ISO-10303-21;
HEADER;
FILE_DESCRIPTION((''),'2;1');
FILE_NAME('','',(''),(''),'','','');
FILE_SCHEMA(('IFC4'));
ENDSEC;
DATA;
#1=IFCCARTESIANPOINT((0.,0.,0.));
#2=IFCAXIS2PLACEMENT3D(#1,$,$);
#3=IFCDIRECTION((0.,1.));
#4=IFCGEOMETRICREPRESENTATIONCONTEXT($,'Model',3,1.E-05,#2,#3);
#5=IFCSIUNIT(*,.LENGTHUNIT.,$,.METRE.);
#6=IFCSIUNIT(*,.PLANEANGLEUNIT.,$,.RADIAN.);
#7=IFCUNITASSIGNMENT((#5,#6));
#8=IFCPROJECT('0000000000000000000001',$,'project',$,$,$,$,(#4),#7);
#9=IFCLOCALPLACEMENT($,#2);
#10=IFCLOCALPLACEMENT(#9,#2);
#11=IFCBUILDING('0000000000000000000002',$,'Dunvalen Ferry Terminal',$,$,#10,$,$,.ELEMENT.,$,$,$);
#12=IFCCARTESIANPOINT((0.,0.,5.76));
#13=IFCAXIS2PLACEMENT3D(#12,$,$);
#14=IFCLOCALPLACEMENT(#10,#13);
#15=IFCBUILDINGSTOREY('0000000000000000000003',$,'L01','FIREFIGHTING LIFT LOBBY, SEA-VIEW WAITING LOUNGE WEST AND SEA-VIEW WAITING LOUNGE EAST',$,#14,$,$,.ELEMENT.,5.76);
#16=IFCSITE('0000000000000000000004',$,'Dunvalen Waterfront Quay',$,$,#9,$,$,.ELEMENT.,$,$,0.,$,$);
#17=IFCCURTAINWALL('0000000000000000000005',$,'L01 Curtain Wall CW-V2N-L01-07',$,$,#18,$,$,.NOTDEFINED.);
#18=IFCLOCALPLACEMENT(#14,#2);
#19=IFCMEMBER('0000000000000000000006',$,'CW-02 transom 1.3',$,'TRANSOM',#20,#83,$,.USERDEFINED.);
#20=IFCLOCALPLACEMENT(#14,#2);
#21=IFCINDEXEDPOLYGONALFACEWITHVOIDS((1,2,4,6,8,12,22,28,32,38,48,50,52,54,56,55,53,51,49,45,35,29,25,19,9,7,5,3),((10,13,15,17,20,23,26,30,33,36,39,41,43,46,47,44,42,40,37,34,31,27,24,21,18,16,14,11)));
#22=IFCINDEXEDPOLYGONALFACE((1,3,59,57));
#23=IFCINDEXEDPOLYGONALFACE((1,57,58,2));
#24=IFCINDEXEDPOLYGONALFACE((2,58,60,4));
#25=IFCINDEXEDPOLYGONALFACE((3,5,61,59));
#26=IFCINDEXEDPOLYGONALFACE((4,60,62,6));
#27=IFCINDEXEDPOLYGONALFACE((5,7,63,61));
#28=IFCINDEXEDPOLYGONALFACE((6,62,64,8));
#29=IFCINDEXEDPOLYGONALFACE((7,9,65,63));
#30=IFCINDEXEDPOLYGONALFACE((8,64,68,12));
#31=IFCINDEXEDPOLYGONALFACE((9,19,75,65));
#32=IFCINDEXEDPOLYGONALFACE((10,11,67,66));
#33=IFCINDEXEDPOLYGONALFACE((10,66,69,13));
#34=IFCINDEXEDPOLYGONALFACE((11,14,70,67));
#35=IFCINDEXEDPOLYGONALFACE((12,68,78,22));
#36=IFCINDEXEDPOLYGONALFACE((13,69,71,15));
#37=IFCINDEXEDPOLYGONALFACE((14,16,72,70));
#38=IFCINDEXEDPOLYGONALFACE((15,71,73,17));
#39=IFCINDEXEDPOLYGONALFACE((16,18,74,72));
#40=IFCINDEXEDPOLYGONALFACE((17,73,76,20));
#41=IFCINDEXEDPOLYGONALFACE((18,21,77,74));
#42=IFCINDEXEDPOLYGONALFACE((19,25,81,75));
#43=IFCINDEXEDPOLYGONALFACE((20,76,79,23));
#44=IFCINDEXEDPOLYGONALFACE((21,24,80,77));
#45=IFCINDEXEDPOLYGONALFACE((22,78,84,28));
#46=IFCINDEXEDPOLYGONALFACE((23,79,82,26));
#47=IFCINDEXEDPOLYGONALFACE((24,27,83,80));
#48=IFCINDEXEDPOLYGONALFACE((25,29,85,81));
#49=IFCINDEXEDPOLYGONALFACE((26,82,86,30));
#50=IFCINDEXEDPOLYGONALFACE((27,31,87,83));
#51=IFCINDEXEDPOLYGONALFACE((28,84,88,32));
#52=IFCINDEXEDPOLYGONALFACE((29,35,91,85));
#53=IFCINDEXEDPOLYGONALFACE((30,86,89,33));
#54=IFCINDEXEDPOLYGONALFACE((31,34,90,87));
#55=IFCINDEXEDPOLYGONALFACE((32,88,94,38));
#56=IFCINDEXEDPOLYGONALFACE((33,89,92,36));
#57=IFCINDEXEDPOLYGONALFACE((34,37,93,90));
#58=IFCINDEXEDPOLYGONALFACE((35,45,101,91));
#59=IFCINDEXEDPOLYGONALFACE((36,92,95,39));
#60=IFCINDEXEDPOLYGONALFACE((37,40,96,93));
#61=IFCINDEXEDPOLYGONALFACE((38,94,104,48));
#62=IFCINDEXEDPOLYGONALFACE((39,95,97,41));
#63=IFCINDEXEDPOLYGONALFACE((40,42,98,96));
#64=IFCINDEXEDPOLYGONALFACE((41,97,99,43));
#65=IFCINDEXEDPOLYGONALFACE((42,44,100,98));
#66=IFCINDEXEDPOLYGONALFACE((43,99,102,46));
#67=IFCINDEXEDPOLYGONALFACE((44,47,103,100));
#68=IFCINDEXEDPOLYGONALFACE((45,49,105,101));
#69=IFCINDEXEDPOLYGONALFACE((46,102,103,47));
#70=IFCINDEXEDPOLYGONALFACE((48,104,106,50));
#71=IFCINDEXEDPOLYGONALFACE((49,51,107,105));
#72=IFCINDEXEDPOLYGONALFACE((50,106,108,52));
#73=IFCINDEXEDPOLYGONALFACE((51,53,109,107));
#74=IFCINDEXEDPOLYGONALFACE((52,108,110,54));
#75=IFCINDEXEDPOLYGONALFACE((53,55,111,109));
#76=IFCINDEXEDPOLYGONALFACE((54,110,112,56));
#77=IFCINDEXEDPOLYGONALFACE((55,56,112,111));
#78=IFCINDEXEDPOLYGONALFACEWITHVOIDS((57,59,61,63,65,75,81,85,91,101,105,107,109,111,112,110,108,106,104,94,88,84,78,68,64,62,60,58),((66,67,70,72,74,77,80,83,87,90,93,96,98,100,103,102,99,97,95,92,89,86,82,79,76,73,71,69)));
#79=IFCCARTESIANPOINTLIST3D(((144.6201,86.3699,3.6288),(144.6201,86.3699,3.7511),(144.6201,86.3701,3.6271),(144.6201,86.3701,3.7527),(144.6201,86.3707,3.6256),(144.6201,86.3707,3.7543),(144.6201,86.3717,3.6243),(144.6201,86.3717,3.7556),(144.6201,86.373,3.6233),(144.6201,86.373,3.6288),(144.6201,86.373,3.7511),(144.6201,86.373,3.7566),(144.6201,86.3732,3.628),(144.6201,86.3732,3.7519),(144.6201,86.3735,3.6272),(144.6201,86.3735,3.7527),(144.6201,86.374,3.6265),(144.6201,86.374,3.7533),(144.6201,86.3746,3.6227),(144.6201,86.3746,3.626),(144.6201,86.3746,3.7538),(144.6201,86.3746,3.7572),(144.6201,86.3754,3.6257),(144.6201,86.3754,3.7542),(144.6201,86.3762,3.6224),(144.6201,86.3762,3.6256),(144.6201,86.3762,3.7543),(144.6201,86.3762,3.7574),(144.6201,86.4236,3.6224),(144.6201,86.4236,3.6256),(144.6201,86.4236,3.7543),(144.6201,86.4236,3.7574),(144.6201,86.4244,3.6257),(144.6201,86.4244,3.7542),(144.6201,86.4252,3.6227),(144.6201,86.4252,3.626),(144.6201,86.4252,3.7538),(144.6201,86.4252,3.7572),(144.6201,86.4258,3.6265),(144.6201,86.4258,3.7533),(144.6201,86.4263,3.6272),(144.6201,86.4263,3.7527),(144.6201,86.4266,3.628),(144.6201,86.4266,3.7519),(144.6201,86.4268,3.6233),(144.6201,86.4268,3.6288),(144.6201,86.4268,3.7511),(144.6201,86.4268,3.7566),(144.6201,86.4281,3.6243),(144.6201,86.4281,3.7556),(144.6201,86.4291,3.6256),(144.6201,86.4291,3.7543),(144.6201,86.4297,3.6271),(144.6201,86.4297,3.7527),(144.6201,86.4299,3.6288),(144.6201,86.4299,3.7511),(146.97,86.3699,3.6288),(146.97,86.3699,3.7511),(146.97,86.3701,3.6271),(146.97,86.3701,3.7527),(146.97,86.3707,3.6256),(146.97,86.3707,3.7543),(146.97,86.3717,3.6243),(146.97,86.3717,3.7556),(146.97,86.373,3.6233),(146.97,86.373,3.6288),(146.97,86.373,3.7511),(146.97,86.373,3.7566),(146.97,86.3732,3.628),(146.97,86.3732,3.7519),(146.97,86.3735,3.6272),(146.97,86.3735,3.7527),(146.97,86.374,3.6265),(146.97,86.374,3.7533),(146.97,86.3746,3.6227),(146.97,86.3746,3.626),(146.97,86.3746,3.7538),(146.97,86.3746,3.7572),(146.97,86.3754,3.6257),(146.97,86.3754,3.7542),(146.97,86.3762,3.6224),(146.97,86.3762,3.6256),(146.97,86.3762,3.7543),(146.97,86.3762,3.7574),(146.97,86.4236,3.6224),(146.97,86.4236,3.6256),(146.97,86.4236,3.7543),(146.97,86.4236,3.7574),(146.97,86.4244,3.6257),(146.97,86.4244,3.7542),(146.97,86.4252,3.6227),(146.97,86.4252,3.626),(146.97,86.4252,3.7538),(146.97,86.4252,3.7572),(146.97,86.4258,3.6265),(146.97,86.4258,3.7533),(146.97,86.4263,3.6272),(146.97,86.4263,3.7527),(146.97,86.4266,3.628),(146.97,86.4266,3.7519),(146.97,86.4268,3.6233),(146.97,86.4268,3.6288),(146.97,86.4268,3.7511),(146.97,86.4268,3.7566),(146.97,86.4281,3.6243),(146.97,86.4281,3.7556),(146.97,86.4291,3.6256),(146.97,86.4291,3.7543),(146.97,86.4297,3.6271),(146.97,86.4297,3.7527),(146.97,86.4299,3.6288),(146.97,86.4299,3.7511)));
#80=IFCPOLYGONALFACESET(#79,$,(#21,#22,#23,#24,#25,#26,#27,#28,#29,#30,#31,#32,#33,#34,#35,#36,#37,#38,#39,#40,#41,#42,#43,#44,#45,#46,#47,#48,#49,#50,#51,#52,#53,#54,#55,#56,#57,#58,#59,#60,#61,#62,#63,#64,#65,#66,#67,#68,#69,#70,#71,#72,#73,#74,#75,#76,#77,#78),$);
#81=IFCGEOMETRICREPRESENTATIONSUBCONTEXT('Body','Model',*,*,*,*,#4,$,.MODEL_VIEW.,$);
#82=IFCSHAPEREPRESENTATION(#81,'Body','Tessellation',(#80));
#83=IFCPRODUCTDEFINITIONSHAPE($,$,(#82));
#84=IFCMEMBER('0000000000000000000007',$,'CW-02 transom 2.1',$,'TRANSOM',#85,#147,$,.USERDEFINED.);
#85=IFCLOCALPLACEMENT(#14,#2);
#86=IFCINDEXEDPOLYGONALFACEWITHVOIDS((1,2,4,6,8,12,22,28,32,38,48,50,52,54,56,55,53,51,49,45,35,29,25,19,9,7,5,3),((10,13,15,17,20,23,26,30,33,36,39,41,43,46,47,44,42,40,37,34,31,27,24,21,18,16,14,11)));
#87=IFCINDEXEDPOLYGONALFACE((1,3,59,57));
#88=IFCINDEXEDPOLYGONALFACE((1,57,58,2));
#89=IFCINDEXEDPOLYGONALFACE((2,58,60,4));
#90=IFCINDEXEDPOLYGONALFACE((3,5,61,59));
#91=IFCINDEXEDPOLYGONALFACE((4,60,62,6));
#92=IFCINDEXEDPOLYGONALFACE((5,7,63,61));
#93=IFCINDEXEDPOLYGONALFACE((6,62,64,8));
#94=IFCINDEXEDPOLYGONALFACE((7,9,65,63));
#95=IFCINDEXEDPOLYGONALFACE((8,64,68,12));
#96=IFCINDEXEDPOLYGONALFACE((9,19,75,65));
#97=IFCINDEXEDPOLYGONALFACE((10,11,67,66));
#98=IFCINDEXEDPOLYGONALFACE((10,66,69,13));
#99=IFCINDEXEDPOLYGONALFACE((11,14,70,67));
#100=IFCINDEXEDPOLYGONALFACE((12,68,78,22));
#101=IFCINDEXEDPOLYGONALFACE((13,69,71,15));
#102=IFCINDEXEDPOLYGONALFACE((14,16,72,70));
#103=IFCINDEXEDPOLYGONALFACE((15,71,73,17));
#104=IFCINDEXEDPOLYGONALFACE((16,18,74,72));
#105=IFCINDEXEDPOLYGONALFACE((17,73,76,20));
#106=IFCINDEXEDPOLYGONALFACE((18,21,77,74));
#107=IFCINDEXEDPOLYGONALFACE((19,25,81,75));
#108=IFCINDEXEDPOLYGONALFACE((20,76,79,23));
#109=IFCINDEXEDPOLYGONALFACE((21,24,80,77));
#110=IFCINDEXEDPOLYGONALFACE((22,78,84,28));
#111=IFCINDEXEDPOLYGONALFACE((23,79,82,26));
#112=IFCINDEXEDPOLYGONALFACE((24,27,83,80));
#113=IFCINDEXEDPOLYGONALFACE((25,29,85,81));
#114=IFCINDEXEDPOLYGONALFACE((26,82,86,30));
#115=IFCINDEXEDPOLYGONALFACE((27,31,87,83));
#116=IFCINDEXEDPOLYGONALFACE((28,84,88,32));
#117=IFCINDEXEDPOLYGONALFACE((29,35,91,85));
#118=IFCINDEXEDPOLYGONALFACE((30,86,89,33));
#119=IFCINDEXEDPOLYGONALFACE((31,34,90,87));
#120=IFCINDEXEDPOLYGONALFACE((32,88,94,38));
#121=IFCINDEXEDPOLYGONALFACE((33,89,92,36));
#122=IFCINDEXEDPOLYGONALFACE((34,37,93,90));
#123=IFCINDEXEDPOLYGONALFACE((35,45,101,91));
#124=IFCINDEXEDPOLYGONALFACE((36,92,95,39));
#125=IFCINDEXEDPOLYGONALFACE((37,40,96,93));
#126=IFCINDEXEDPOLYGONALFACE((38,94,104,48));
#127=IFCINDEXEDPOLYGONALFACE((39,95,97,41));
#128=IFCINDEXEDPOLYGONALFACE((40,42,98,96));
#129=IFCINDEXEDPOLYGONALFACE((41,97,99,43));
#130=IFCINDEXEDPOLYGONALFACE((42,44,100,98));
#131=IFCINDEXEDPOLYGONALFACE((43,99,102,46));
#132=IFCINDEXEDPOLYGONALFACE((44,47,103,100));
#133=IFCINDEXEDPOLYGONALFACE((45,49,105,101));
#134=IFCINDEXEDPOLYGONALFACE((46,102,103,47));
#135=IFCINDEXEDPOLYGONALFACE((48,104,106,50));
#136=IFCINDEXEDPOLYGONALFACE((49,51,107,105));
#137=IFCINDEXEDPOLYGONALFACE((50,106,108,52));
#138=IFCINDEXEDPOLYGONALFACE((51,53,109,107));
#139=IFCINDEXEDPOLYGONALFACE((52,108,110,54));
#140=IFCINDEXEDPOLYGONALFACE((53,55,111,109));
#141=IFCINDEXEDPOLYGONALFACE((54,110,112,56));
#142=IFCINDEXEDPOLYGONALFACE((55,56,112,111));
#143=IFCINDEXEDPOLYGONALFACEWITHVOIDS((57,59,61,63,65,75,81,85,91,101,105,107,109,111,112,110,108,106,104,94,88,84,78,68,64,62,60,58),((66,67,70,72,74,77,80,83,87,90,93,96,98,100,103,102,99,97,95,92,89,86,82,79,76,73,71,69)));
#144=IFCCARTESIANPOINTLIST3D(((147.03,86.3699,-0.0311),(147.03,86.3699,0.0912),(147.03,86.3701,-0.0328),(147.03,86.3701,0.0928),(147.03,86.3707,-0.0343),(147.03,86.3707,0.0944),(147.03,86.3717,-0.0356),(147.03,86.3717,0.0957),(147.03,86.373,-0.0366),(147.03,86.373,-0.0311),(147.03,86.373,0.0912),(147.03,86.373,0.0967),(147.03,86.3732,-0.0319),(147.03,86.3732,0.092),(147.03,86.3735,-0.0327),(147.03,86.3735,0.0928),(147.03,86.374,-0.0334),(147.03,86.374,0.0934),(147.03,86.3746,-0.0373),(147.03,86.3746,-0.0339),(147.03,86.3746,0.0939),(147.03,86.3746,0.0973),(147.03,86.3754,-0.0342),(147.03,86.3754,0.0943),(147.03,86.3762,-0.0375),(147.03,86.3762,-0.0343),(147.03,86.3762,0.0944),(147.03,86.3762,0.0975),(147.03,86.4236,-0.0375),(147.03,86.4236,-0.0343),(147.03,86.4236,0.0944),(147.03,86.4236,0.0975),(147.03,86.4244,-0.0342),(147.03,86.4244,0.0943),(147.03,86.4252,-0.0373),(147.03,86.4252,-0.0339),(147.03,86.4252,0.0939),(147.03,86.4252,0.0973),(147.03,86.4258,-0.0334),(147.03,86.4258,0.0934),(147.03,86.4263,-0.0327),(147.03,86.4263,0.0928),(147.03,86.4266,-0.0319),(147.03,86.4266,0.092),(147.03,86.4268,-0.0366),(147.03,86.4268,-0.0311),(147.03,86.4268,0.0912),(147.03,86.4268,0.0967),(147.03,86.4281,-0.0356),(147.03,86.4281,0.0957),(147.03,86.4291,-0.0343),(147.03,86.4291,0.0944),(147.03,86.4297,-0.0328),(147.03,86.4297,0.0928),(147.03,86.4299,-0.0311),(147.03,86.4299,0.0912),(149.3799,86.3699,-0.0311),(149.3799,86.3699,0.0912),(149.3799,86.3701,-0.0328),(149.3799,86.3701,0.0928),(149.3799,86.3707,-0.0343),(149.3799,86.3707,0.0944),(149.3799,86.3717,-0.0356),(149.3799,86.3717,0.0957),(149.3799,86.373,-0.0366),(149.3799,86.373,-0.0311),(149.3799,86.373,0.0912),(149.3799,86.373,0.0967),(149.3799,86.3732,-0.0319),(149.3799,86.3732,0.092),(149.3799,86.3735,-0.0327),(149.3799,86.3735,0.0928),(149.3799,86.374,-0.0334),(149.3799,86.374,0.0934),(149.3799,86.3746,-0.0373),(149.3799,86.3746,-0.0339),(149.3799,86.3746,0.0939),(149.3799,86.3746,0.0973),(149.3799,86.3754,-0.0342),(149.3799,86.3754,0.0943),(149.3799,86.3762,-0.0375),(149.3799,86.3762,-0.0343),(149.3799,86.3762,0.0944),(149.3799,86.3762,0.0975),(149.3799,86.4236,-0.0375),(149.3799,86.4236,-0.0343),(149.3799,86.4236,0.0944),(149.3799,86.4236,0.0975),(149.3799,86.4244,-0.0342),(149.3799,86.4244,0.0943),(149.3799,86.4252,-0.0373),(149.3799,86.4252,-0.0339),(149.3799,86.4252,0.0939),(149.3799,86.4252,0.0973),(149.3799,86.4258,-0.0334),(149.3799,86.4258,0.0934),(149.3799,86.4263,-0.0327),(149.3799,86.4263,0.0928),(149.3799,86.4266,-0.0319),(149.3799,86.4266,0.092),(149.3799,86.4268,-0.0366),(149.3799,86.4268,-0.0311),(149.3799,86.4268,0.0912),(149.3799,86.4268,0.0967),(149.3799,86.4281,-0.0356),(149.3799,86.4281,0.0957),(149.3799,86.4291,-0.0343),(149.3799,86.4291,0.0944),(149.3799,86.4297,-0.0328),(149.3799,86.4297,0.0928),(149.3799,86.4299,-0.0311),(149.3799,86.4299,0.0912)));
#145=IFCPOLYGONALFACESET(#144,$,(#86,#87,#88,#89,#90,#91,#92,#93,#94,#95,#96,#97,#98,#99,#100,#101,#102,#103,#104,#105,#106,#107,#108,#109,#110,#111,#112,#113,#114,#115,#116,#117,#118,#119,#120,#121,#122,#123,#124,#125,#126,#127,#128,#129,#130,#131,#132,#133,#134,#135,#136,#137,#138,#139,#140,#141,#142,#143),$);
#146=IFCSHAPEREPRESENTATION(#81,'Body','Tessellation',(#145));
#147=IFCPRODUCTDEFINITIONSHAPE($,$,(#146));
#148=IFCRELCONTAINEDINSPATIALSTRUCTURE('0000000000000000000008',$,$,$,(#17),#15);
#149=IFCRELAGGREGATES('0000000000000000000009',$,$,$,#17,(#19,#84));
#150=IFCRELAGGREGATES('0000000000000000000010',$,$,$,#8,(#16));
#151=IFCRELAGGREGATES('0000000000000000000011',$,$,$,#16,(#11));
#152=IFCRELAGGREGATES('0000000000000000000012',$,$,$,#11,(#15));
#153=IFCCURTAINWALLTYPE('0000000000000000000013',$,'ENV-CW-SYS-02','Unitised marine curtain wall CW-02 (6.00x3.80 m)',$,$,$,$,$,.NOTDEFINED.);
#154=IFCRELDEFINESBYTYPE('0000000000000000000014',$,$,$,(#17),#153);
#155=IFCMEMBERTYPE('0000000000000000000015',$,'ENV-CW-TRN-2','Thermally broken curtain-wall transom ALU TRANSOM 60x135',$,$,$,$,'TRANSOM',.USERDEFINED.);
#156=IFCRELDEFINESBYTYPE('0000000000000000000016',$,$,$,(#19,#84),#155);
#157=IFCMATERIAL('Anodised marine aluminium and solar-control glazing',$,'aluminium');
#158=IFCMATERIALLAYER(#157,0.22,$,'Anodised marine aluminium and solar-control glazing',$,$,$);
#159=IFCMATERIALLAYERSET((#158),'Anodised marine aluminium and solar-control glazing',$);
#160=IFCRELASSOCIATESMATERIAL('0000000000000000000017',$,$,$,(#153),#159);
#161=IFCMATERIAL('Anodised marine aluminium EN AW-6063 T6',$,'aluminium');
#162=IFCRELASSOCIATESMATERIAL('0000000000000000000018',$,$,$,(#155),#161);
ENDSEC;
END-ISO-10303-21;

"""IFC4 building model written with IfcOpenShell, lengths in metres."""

from ifc_helpers import new_model, si_unit, direction, frame, origin, origin_2d, place, context, subcontext, project, spatial, hollow_rectangle, extrude, material, layer, layer_set, material_profile, profile_set, type_object, element, aggregate, save


model = new_model("IFC4")

# Units and contexts
model_context = context("Model", 3, precision=1e-05, world=origin(), true_north=direction((0.0, 1.0)))
body_context = subcontext(model_context, "Body", "Model", "MODEL_VIEW")
ifc_project = project(units=[si_unit("LENGTHUNIT", "METRE"), si_unit("PLANEANGLEUNIT", "RADIAN")], contexts=[model_context])

# Site, building, storey
site_placement = place(None, origin())
site = spatial("IfcSite", under=ifc_project, at=site_placement, Name="Dunvalen Waterfront Quay", CompositionType="ELEMENT", RefElevation=0.0)
building_placement = place(site_placement, origin())
building = spatial("IfcBuilding", under=site, at=building_placement, Name="Dunvalen Ferry Terminal", CompositionType="ELEMENT")
storey_placement = place(building_placement, frame((0.0, 0.0, 5.76)))
storey = spatial("IfcBuildingStorey", under=building, at=storey_placement, Name="L01", Description="FIREFIGHTING LIFT LOBBY, SEA-VIEW WAITING LOUNGE WEST AND SEA-VIEW WAITING LOUNGE EAST", CompositionType="ELEMENT", Elevation=5.76)

# Curtain wall
ifc_material_1 = material(Name="Anodised marine aluminium and solar-control glazing", Category="aluminium")
ifc_layer_1 = layer(ifc_material_1, 0.22, Name="Anodised marine aluminium and solar-control glazing")
ifc_layer_set_1 = layer_set([ifc_layer_1], Name="Anodised marine aluminium and solar-control glazing")
curtain_wall_type = type_object("IfcCurtainWallType", Name="ENV-CW-SYS-02", Description="Unitised marine curtain wall CW-02 (6.00x3.80 m)", PredefinedType="NOTDEFINED", material=ifc_layer_set_1)
curtain_wall_1_placement = place(storey_placement, origin())
curtain_wall_1 = element("IfcCurtainWall", 1, at=curtain_wall_1_placement, inside=storey, type_object=curtain_wall_type, Name="L01 Curtain Wall CW-V2N-L01-07", PredefinedType="NOTDEFINED")
ifc_material_2 = material(Name="Anodised marine aluminium EN AW-6063 T6", Category="aluminium")

# Members
ifc_material_profile_1 = material_profile(ifc_material_2, hollow_rectangle(XDim=0.0601, YDim=0.135, WallThickness=0.0032, InnerFilletRadius=0.0032, OuterFilletRadius=0.0063, at=origin_2d()), Name="Anodised marine aluminium EN AW-6063 T6")
ifc_profile_set_1 = profile_set([ifc_material_profile_1], Name="Anodised marine aluminium EN AW-6063 T6")
member_type_1 = type_object("IfcMemberType", Name="ENV-CW-TRN-2", Description="Thermally broken curtain-wall transom ALU TRANSOM 60x135", ElementType="TRANSOM", PredefinedType="USERDEFINED", material=ifc_profile_set_1)
member_1_placement = place(storey_placement, frame((144.6201, 86.3999, 3.6899), z_axis=(1.0, 0.0, 0.0), x_axis=(0.0, 1.0, 0.0)))
member_1 = element("IfcMember", 2, at=member_1_placement, type_object=member_type_1, Name="CW-02 transom 1.3", ObjectType="TRANSOM", PredefinedType="USERDEFINED", context=body_context, shape_type="SweptSolid", body=[
    extrude(hollow_rectangle(XDim=0.0601, YDim=0.135, WallThickness=0.0032, InnerFilletRadius=0.0032, OuterFilletRadius=0.0063, at=origin_2d()), origin(), (0.0, 0.0, 1.0), 2.3499),
])
member_2_placement = place(storey_placement, frame((147.03, 86.3999, 0.03), z_axis=(1.0, 0.0, 0.0), x_axis=(0.0, 1.0, 0.0)))
member_2 = element("IfcMember", 3, at=member_2_placement, type_object=member_type_1, Name="CW-02 transom 2.1", ObjectType="TRANSOM", PredefinedType="USERDEFINED", context=body_context, shape_type="SweptSolid", body=[
    extrude(hollow_rectangle(XDim=0.0601, YDim=0.135, WallThickness=0.0032, InnerFilletRadius=0.0032, OuterFilletRadius=0.0063, at=origin_2d()), origin(), (0.0, 0.0, 1.0), 2.3499),
])

aggregate(curtain_wall_1, [member_1, member_2])

save(model, "model.ifc")
